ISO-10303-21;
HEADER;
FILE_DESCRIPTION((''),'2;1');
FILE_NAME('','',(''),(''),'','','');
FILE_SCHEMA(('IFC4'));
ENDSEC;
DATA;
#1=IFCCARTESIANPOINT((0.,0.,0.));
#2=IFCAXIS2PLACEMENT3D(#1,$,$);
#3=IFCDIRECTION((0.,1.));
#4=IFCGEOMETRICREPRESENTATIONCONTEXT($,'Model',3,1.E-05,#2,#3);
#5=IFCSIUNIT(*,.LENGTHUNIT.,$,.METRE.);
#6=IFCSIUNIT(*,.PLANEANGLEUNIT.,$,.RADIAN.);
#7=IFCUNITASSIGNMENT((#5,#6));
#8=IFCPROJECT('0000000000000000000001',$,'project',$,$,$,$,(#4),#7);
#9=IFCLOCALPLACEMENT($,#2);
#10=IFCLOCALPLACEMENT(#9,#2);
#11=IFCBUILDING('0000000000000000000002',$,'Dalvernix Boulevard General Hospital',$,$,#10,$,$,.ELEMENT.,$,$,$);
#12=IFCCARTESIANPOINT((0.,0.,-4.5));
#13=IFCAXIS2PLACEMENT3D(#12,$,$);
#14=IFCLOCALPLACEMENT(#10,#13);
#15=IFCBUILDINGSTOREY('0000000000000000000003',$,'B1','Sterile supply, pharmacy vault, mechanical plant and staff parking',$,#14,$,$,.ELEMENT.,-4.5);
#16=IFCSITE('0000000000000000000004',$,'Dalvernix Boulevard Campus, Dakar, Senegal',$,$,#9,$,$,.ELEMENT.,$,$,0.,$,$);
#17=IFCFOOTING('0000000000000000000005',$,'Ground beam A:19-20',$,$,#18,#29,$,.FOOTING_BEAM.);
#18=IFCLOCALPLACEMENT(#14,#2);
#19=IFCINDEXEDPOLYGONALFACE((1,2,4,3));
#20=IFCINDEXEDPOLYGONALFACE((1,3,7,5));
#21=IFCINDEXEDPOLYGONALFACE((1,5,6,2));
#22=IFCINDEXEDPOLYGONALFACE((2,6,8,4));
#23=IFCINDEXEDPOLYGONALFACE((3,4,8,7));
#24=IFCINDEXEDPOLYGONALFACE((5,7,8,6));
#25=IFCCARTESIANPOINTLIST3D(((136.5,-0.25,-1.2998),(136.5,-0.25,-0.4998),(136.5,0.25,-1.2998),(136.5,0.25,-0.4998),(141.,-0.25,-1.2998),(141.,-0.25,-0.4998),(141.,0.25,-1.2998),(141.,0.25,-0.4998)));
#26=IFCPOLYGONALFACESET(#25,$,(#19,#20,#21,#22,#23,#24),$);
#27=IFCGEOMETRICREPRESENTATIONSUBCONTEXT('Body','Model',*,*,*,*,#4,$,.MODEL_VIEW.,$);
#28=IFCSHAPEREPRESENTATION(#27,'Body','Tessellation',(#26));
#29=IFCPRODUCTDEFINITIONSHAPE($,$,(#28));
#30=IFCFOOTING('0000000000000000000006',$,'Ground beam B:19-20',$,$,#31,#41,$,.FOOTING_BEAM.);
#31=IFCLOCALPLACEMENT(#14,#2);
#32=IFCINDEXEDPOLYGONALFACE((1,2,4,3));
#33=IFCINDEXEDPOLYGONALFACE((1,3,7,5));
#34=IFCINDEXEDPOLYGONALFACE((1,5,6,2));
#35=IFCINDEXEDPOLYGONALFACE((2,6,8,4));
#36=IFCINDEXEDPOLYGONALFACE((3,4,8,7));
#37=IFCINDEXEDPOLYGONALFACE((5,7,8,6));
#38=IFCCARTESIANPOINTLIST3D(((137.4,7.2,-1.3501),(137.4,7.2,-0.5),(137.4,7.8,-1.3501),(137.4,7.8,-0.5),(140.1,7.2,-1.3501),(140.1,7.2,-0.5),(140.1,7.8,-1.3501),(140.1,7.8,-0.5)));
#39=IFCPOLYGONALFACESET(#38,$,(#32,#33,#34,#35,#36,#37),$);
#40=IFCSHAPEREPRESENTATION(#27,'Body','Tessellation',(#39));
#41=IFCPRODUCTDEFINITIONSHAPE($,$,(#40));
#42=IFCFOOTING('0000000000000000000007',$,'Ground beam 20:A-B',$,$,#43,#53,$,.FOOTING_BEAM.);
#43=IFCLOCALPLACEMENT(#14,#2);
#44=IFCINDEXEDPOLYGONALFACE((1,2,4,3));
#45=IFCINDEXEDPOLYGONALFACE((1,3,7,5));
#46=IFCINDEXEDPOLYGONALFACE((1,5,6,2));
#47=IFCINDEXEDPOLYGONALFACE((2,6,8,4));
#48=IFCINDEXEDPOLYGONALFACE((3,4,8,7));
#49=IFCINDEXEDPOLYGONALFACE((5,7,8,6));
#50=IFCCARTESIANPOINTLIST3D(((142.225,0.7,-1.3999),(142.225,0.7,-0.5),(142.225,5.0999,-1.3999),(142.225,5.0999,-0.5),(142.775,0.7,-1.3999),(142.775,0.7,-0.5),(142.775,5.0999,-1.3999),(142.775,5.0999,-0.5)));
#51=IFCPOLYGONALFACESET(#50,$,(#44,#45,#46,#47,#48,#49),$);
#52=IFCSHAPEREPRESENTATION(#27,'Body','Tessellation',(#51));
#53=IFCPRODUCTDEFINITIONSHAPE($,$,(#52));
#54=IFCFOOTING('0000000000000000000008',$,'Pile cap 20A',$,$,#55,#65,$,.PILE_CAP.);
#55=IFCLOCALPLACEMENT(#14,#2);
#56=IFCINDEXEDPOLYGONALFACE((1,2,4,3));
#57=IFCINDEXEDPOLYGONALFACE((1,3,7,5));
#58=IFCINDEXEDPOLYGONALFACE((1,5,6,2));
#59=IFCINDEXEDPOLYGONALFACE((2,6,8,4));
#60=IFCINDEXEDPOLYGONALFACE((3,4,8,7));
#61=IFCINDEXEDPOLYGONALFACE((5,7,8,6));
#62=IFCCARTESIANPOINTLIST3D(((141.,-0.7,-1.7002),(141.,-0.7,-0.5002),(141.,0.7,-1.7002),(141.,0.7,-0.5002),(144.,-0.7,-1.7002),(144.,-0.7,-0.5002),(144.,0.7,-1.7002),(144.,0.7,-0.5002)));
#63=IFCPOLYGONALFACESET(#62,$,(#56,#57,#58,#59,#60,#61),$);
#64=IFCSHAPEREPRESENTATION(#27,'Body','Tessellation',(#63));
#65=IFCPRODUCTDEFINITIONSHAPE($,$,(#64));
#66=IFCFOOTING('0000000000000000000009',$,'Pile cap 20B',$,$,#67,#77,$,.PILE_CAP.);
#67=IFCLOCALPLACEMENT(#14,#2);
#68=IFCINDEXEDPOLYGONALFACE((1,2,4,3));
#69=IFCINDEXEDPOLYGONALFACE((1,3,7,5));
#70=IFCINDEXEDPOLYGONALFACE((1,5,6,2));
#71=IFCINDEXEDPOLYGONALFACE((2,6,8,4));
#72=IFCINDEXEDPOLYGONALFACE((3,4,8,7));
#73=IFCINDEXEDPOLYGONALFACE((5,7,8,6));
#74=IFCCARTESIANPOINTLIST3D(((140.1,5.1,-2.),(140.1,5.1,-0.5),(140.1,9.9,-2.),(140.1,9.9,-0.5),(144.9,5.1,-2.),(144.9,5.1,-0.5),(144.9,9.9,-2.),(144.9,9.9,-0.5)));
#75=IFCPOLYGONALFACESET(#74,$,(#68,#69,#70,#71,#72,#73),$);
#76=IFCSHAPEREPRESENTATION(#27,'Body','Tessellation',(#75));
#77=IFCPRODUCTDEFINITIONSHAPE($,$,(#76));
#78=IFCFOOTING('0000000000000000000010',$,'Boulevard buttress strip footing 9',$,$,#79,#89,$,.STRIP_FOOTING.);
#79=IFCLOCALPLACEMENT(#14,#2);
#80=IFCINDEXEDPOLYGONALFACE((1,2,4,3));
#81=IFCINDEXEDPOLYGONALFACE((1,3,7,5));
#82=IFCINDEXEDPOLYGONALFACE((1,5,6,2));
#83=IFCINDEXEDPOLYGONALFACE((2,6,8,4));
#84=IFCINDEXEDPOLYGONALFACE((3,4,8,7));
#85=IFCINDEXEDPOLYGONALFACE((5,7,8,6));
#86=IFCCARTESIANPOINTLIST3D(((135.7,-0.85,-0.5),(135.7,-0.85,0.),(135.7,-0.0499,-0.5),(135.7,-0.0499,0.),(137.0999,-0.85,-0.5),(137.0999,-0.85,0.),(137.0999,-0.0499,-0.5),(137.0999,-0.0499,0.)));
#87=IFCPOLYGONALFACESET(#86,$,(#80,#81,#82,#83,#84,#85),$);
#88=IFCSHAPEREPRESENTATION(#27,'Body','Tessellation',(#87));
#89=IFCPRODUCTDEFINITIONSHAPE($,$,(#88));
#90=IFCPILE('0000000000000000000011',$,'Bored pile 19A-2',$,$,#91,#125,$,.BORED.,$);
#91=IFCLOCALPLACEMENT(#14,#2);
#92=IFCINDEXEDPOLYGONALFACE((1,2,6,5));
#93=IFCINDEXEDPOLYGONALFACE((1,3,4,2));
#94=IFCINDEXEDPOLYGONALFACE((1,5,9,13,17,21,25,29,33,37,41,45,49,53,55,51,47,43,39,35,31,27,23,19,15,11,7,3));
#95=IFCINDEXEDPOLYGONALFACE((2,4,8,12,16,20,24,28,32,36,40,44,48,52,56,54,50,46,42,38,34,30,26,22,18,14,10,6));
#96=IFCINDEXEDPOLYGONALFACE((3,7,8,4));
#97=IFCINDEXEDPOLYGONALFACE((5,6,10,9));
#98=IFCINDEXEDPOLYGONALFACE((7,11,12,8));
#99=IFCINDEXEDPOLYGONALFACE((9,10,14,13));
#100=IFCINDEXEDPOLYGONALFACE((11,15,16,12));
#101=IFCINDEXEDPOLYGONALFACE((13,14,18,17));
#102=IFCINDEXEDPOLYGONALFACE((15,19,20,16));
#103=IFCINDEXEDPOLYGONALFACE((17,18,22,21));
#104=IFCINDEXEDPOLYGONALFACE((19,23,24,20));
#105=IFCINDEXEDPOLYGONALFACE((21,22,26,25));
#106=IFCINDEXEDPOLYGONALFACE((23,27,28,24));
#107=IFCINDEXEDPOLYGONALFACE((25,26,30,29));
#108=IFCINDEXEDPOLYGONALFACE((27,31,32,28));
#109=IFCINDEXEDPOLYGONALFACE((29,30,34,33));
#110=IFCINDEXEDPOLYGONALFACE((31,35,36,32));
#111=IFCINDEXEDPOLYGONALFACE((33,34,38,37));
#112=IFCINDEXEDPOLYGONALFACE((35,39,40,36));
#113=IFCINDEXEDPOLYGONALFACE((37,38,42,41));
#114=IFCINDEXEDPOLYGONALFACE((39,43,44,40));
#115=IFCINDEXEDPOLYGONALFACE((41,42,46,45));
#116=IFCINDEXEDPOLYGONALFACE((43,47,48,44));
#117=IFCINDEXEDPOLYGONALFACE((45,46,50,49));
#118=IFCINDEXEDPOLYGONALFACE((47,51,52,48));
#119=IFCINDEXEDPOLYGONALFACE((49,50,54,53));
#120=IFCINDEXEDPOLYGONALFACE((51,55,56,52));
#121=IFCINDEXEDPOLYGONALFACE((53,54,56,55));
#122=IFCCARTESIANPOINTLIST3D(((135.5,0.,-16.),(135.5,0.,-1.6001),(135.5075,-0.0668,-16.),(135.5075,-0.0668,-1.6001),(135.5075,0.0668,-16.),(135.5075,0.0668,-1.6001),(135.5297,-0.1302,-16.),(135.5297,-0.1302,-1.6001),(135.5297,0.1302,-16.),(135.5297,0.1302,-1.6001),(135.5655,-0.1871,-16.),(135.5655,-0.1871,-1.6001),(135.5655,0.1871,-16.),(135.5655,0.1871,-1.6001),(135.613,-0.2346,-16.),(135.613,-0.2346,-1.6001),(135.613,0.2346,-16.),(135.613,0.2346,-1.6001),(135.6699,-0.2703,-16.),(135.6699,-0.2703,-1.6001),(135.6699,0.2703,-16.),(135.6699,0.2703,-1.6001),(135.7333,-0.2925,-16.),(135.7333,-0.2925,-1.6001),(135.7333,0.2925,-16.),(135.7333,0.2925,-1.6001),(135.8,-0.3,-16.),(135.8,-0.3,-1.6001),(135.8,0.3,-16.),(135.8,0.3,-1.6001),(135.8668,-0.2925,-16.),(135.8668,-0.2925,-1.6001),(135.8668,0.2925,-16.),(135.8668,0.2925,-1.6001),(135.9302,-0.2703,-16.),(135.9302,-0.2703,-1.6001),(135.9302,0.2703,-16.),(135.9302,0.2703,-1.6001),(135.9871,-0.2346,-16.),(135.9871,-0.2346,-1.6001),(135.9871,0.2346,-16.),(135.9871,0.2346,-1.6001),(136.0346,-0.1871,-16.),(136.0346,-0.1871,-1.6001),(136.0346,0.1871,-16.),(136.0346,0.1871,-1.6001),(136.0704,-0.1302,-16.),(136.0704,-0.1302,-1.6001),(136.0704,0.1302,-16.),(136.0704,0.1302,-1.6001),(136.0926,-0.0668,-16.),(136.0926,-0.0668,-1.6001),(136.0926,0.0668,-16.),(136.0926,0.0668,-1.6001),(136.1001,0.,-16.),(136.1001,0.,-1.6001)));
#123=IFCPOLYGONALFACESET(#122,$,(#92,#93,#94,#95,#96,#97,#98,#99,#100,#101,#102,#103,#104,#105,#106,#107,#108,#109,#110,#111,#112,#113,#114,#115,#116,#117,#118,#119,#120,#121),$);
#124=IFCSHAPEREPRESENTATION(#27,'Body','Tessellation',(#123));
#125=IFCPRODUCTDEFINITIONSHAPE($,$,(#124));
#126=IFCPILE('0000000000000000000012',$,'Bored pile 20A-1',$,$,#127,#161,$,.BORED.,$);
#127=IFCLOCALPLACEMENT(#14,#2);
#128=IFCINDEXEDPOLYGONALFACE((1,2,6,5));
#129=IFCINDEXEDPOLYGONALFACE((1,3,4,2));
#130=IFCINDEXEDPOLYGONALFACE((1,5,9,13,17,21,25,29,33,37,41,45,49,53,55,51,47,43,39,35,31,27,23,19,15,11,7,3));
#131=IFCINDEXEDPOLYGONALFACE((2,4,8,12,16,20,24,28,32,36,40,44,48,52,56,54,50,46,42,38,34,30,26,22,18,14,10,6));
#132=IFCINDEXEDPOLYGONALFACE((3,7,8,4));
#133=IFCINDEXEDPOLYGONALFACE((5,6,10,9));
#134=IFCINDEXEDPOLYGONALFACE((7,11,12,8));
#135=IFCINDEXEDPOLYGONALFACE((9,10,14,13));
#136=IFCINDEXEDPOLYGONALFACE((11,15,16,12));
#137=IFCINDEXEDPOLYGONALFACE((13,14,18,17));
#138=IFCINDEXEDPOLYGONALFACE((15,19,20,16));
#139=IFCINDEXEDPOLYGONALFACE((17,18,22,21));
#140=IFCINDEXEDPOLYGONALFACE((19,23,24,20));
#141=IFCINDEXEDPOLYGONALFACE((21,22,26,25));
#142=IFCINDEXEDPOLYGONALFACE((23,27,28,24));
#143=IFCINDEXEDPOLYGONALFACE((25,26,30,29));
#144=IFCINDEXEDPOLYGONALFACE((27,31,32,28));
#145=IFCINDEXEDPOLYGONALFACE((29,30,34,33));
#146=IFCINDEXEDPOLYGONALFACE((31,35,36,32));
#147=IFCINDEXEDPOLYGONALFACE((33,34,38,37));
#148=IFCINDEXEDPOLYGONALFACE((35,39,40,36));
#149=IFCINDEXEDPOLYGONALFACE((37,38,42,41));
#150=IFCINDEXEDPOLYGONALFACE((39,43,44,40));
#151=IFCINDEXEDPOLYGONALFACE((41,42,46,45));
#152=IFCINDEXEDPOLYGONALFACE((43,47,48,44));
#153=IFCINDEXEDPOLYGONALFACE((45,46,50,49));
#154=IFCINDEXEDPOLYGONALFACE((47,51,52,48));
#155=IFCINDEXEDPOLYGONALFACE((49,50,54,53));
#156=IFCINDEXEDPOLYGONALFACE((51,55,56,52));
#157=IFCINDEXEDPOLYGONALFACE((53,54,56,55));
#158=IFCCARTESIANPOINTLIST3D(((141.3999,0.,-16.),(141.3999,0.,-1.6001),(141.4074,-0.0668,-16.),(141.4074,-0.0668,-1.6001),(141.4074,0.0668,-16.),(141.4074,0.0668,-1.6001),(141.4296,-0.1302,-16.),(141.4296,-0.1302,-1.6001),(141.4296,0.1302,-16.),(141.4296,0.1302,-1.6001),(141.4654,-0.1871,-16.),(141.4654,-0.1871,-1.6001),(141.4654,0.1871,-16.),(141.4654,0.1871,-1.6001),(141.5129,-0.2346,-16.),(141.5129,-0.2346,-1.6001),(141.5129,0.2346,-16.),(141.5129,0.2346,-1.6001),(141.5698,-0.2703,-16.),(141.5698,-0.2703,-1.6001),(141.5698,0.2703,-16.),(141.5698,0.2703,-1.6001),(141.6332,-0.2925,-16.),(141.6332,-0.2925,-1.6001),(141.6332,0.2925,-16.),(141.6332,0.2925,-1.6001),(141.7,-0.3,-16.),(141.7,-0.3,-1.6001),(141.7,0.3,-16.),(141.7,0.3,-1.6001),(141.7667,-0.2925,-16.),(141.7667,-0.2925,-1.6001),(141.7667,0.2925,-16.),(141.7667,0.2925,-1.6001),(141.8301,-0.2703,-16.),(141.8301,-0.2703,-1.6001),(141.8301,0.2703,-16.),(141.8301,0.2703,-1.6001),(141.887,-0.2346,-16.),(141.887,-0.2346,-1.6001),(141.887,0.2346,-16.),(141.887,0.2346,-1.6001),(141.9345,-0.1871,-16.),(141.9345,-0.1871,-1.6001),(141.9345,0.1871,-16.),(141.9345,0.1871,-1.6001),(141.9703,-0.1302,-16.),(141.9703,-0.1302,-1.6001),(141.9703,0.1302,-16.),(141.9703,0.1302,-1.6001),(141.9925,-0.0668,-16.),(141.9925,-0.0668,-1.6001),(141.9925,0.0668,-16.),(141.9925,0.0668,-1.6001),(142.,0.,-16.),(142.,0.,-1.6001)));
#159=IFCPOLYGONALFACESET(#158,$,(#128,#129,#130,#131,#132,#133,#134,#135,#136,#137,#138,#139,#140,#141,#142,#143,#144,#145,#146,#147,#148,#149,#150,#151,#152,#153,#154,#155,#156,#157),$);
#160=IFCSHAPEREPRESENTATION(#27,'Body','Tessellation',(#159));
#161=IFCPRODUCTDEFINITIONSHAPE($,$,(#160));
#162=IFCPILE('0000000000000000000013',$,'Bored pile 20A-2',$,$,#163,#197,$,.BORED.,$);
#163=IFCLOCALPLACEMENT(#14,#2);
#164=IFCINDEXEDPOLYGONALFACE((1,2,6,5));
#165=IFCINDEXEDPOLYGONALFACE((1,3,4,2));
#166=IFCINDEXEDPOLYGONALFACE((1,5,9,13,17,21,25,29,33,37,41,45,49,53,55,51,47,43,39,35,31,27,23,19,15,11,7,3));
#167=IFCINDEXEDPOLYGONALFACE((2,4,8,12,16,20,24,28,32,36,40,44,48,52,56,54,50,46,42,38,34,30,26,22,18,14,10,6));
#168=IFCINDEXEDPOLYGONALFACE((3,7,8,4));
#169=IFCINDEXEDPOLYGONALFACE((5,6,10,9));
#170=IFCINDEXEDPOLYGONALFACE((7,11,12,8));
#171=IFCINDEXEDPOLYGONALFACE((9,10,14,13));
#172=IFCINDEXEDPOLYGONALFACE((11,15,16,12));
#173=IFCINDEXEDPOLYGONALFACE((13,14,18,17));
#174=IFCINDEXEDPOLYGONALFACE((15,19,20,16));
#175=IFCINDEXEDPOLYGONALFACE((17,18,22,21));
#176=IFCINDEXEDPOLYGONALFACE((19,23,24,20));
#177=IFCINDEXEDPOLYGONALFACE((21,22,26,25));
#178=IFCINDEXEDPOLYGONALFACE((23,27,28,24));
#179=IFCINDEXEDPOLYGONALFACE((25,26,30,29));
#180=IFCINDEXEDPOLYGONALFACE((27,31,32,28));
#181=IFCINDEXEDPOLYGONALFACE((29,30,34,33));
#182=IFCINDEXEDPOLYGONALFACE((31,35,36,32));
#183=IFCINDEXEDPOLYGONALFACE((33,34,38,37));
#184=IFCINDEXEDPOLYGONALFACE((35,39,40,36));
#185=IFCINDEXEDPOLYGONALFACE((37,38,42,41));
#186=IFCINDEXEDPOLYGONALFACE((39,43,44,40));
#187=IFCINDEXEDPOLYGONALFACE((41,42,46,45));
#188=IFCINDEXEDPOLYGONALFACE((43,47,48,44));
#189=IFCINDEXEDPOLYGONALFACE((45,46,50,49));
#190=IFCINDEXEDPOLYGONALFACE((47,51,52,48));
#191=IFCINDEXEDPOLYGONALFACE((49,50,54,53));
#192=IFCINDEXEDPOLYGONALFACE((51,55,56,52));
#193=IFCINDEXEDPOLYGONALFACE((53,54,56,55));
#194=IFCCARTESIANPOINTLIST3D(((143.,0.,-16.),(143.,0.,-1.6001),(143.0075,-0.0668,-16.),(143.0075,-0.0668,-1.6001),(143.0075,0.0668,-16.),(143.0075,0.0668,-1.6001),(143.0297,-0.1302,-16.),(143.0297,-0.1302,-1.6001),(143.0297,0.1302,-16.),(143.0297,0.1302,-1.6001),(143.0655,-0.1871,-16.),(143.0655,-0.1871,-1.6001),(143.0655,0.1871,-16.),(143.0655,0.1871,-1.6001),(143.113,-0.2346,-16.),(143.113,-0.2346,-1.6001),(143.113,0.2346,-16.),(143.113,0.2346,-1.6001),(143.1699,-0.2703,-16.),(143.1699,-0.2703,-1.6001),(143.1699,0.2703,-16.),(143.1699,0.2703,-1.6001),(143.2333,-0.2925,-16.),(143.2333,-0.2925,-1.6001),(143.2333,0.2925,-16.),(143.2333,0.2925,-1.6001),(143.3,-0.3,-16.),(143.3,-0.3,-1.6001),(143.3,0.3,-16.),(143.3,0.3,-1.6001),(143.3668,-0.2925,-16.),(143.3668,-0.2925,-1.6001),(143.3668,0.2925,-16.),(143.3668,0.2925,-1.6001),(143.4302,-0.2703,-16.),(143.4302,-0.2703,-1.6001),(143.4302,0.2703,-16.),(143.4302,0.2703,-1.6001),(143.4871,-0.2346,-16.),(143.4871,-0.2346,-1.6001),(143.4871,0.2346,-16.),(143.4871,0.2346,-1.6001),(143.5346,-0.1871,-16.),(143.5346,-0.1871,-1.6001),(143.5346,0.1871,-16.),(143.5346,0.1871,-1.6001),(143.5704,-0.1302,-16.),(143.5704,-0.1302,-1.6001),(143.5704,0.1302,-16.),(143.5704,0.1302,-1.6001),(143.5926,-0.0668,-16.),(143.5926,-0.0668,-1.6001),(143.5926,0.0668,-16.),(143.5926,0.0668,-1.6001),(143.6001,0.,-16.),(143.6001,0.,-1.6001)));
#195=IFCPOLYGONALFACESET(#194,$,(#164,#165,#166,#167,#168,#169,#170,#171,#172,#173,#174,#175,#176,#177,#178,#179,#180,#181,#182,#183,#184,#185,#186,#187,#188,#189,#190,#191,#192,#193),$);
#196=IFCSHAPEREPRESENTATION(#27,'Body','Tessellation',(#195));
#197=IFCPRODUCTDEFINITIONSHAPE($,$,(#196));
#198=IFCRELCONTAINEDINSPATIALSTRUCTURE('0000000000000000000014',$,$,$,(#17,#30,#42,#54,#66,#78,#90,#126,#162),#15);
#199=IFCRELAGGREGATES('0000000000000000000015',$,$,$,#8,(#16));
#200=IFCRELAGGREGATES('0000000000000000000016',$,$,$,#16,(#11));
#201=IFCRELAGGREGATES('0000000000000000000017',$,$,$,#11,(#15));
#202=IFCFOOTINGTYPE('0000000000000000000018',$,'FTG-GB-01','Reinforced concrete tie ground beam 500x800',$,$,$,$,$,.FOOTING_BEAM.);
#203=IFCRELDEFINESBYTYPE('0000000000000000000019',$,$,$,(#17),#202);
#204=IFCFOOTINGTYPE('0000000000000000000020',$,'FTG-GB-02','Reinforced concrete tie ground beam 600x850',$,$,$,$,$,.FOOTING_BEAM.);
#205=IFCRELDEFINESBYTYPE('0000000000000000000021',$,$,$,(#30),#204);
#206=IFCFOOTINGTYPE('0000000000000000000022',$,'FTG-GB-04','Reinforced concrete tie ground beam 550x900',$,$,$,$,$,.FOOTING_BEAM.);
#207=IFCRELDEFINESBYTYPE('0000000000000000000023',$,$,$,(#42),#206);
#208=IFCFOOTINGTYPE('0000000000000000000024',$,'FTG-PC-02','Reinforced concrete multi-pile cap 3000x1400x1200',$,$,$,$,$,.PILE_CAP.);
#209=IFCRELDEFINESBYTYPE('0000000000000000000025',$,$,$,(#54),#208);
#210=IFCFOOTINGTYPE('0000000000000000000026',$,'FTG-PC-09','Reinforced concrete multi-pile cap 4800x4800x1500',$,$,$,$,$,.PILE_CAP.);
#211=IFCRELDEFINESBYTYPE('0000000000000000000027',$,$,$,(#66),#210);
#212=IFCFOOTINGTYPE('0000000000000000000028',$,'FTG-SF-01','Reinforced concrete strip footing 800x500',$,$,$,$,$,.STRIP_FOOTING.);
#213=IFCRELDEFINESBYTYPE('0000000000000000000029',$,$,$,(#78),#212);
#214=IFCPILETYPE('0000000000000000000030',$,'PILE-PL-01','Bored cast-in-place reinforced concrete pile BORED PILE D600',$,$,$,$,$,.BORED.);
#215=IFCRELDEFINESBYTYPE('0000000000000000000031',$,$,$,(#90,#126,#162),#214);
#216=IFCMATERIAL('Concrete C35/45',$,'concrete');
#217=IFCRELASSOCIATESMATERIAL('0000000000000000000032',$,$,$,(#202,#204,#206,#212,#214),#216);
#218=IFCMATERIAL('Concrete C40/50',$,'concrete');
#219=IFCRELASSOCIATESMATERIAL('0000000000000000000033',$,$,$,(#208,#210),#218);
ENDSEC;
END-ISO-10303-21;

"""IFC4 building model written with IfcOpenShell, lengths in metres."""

from ifc_helpers import new_model, si_unit, direction, frame, origin, origin_2d, place, context, subcontext, project, spatial, rectangle, circle, extrude, material, material_profile, profile_set, type_object, element, save


model = new_model("IFC4")

# Units and contexts
model_context = context("Model", 3, precision=1e-05, world=origin(), true_north=direction((0.0, 1.0)))
body_context = subcontext(model_context, "Body", "Model", "MODEL_VIEW")
ifc_project = project(units=[si_unit("LENGTHUNIT", "METRE"), si_unit("PLANEANGLEUNIT", "RADIAN")], contexts=[model_context])

# Site, building, storey
site_placement = place(None, origin())
site = spatial("IfcSite", under=ifc_project, at=site_placement, Name="Dalvernix Boulevard Campus, Dakar, Senegal", CompositionType="ELEMENT", RefElevation=0.0)
building_placement = place(site_placement, origin())
building = spatial("IfcBuilding", under=site, at=building_placement, Name="Dalvernix Boulevard General Hospital", CompositionType="ELEMENT")
storey_placement = place(building_placement, frame((0.0, 0.0, -4.5)))
storey = spatial("IfcBuildingStorey", under=building, at=storey_placement, Name="B1", Description="Sterile supply, pharmacy vault, mechanical plant and staff parking", CompositionType="ELEMENT", Elevation=-4.5)

# Footings
ifc_material_1 = material(Name="Concrete C35/45", Category="concrete")
footing_type_1 = type_object("IfcFootingType", Name="FTG-GB-01", Description="Reinforced concrete tie ground beam 500x800", PredefinedType="FOOTING_BEAM", material=ifc_material_1)
footing_1_placement = place(storey_placement, frame((138.75, 0.0, -1.2998), z_axis=(0.0, 0.0, 1.0), x_axis=(1.0, 0.0, 0.0)))
element("IfcFooting", 1, at=footing_1_placement, inside=storey, type_object=footing_type_1, Name="Ground beam A:19-20", PredefinedType="FOOTING_BEAM", context=body_context, shape_type="SweptSolid", body=[
    extrude(rectangle(XDim=4.5, YDim=0.5, at=origin_2d()), origin(), (0.0, 0.0, 1.0), 0.8),
])
footing_type_2 = type_object("IfcFootingType", Name="FTG-GB-02", Description="Reinforced concrete tie ground beam 600x850", PredefinedType="FOOTING_BEAM", material=ifc_material_1)
footing_2_placement = place(storey_placement, frame((138.75, 7.5, -1.3501), z_axis=(0.0, 0.0, 1.0), x_axis=(1.0, 0.0, 0.0)))
element("IfcFooting", 2, at=footing_2_placement, inside=storey, type_object=footing_type_2, Name="Ground beam B:19-20", PredefinedType="FOOTING_BEAM", context=body_context, shape_type="SweptSolid", body=[
    extrude(rectangle(XDim=2.7, YDim=0.6001, at=origin_2d()), origin(), (0.0, 0.0, 1.0), 0.8501),
])
footing_type_3 = type_object("IfcFootingType", Name="FTG-GB-04", Description="Reinforced concrete tie ground beam 550x900", PredefinedType="FOOTING_BEAM", material=ifc_material_1)
footing_3_placement = place(storey_placement, frame((142.5, 2.8999, -1.3999), z_axis=(0.0, 0.0, 1.0), x_axis=(0.0, 1.0, 0.0)))
element("IfcFooting", 3, at=footing_3_placement, inside=storey, type_object=footing_type_3, Name="Ground beam 20:A-B", PredefinedType="FOOTING_BEAM", context=body_context, shape_type="SweptSolid", body=[
    extrude(rectangle(XDim=4.3999, YDim=0.55, at=origin_2d()), origin(), (0.0, 0.0, 1.0), 0.8999),
])
ifc_material_2 = material(Name="Concrete C40/50", Category="concrete")
footing_type_4 = type_object("IfcFootingType", Name="FTG-PC-02", Description="Reinforced concrete multi-pile cap 3000x1400x1200", PredefinedType="PILE_CAP", material=ifc_material_2)
footing_4_placement = place(storey_placement, frame((142.5, 0.0, -1.7002), z_axis=(0.0, 0.0, 1.0), x_axis=(1.0, 0.0, 0.0)))
element("IfcFooting", 4, at=footing_4_placement, inside=storey, type_object=footing_type_4, Name="Pile cap 20A", PredefinedType="PILE_CAP", context=body_context, shape_type="SweptSolid", body=[
    extrude(rectangle(XDim=3.0, YDim=1.3999, at=origin_2d()), origin(), (0.0, 0.0, 1.0), 1.2),
])
footing_type_5 = type_object("IfcFootingType", Name="FTG-PC-09", Description="Reinforced concrete multi-pile cap 4800x4800x1500", PredefinedType="PILE_CAP", material=ifc_material_2)
footing_5_placement = place(storey_placement, frame((142.5, 7.5, -2.0), z_axis=(0.0, 0.0, 1.0), x_axis=(1.0, 0.0, 0.0)))
element("IfcFooting", 5, at=footing_5_placement, inside=storey, type_object=footing_type_5, Name="Pile cap 20B", PredefinedType="PILE_CAP", context=body_context, shape_type="SweptSolid", body=[
    extrude(rectangle(XDim=4.8, YDim=4.8, at=origin_2d()), origin(), (0.0, 0.0, 1.0), 1.5),
])
footing_type_6 = type_object("IfcFootingType", Name="FTG-SF-01", Description="Reinforced concrete strip footing 800x500", PredefinedType="STRIP_FOOTING", material=ifc_material_1)
footing_6_placement = place(storey_placement, frame((136.3999, -0.45, -0.5), z_axis=(0.0, 0.0, 1.0), x_axis=(1.0, 0.0, 0.0)))
element("IfcFooting", 6, at=footing_6_placement, inside=storey, type_object=footing_type_6, Name="Boulevard buttress strip footing 9", PredefinedType="STRIP_FOOTING", context=body_context, shape_type="SweptSolid", body=[
    extrude(rectangle(XDim=1.3999, YDim=0.8, at=origin_2d()), origin(), (0.0, 0.0, 1.0), 0.5),
])

# Piles
ifc_material_profile_1 = material_profile(ifc_material_1, circle(Radius=0.3, at=origin_2d()), Name="BORED PILE D600")
ifc_profile_set_1 = profile_set([ifc_material_profile_1], Name="Concrete C35/45")
pile_type_1 = type_object("IfcPileType", Name="PILE-PL-01", Description="Bored cast-in-place reinforced concrete pile BORED PILE D600", PredefinedType="BORED", material=ifc_profile_set_1)
for number, where, z_axis, x_axis, name in (
    (7, (135.8, 0.0, -1.6001), (0.0, 0.0, -1.0), (1.0, 0.0, 0.0), "Bored pile 19A-2"),
    (8, (141.7, 0.0, -1.6001), (0.0, 0.0, -1.0), (1.0, 0.0, 0.0), "Bored pile 20A-1"),
    (9, (143.3, 0.0, -1.6001), (0.0, 0.0, -1.0), (1.0, 0.0, 0.0), "Bored pile 20A-2"),
):
    element("IfcPile", number, at=place(storey_placement, frame(where, z_axis=z_axis, x_axis=x_axis)), inside=storey, type_object=pile_type_1, Name=name, PredefinedType="BORED", context=body_context, shape_type="SweptSolid", body=[
        extrude(circle(Radius=0.3, at=origin_2d()), origin(), (0.0, 0.0, 1.0), 14.3999),
    ])

save(model, "model.ifc")
